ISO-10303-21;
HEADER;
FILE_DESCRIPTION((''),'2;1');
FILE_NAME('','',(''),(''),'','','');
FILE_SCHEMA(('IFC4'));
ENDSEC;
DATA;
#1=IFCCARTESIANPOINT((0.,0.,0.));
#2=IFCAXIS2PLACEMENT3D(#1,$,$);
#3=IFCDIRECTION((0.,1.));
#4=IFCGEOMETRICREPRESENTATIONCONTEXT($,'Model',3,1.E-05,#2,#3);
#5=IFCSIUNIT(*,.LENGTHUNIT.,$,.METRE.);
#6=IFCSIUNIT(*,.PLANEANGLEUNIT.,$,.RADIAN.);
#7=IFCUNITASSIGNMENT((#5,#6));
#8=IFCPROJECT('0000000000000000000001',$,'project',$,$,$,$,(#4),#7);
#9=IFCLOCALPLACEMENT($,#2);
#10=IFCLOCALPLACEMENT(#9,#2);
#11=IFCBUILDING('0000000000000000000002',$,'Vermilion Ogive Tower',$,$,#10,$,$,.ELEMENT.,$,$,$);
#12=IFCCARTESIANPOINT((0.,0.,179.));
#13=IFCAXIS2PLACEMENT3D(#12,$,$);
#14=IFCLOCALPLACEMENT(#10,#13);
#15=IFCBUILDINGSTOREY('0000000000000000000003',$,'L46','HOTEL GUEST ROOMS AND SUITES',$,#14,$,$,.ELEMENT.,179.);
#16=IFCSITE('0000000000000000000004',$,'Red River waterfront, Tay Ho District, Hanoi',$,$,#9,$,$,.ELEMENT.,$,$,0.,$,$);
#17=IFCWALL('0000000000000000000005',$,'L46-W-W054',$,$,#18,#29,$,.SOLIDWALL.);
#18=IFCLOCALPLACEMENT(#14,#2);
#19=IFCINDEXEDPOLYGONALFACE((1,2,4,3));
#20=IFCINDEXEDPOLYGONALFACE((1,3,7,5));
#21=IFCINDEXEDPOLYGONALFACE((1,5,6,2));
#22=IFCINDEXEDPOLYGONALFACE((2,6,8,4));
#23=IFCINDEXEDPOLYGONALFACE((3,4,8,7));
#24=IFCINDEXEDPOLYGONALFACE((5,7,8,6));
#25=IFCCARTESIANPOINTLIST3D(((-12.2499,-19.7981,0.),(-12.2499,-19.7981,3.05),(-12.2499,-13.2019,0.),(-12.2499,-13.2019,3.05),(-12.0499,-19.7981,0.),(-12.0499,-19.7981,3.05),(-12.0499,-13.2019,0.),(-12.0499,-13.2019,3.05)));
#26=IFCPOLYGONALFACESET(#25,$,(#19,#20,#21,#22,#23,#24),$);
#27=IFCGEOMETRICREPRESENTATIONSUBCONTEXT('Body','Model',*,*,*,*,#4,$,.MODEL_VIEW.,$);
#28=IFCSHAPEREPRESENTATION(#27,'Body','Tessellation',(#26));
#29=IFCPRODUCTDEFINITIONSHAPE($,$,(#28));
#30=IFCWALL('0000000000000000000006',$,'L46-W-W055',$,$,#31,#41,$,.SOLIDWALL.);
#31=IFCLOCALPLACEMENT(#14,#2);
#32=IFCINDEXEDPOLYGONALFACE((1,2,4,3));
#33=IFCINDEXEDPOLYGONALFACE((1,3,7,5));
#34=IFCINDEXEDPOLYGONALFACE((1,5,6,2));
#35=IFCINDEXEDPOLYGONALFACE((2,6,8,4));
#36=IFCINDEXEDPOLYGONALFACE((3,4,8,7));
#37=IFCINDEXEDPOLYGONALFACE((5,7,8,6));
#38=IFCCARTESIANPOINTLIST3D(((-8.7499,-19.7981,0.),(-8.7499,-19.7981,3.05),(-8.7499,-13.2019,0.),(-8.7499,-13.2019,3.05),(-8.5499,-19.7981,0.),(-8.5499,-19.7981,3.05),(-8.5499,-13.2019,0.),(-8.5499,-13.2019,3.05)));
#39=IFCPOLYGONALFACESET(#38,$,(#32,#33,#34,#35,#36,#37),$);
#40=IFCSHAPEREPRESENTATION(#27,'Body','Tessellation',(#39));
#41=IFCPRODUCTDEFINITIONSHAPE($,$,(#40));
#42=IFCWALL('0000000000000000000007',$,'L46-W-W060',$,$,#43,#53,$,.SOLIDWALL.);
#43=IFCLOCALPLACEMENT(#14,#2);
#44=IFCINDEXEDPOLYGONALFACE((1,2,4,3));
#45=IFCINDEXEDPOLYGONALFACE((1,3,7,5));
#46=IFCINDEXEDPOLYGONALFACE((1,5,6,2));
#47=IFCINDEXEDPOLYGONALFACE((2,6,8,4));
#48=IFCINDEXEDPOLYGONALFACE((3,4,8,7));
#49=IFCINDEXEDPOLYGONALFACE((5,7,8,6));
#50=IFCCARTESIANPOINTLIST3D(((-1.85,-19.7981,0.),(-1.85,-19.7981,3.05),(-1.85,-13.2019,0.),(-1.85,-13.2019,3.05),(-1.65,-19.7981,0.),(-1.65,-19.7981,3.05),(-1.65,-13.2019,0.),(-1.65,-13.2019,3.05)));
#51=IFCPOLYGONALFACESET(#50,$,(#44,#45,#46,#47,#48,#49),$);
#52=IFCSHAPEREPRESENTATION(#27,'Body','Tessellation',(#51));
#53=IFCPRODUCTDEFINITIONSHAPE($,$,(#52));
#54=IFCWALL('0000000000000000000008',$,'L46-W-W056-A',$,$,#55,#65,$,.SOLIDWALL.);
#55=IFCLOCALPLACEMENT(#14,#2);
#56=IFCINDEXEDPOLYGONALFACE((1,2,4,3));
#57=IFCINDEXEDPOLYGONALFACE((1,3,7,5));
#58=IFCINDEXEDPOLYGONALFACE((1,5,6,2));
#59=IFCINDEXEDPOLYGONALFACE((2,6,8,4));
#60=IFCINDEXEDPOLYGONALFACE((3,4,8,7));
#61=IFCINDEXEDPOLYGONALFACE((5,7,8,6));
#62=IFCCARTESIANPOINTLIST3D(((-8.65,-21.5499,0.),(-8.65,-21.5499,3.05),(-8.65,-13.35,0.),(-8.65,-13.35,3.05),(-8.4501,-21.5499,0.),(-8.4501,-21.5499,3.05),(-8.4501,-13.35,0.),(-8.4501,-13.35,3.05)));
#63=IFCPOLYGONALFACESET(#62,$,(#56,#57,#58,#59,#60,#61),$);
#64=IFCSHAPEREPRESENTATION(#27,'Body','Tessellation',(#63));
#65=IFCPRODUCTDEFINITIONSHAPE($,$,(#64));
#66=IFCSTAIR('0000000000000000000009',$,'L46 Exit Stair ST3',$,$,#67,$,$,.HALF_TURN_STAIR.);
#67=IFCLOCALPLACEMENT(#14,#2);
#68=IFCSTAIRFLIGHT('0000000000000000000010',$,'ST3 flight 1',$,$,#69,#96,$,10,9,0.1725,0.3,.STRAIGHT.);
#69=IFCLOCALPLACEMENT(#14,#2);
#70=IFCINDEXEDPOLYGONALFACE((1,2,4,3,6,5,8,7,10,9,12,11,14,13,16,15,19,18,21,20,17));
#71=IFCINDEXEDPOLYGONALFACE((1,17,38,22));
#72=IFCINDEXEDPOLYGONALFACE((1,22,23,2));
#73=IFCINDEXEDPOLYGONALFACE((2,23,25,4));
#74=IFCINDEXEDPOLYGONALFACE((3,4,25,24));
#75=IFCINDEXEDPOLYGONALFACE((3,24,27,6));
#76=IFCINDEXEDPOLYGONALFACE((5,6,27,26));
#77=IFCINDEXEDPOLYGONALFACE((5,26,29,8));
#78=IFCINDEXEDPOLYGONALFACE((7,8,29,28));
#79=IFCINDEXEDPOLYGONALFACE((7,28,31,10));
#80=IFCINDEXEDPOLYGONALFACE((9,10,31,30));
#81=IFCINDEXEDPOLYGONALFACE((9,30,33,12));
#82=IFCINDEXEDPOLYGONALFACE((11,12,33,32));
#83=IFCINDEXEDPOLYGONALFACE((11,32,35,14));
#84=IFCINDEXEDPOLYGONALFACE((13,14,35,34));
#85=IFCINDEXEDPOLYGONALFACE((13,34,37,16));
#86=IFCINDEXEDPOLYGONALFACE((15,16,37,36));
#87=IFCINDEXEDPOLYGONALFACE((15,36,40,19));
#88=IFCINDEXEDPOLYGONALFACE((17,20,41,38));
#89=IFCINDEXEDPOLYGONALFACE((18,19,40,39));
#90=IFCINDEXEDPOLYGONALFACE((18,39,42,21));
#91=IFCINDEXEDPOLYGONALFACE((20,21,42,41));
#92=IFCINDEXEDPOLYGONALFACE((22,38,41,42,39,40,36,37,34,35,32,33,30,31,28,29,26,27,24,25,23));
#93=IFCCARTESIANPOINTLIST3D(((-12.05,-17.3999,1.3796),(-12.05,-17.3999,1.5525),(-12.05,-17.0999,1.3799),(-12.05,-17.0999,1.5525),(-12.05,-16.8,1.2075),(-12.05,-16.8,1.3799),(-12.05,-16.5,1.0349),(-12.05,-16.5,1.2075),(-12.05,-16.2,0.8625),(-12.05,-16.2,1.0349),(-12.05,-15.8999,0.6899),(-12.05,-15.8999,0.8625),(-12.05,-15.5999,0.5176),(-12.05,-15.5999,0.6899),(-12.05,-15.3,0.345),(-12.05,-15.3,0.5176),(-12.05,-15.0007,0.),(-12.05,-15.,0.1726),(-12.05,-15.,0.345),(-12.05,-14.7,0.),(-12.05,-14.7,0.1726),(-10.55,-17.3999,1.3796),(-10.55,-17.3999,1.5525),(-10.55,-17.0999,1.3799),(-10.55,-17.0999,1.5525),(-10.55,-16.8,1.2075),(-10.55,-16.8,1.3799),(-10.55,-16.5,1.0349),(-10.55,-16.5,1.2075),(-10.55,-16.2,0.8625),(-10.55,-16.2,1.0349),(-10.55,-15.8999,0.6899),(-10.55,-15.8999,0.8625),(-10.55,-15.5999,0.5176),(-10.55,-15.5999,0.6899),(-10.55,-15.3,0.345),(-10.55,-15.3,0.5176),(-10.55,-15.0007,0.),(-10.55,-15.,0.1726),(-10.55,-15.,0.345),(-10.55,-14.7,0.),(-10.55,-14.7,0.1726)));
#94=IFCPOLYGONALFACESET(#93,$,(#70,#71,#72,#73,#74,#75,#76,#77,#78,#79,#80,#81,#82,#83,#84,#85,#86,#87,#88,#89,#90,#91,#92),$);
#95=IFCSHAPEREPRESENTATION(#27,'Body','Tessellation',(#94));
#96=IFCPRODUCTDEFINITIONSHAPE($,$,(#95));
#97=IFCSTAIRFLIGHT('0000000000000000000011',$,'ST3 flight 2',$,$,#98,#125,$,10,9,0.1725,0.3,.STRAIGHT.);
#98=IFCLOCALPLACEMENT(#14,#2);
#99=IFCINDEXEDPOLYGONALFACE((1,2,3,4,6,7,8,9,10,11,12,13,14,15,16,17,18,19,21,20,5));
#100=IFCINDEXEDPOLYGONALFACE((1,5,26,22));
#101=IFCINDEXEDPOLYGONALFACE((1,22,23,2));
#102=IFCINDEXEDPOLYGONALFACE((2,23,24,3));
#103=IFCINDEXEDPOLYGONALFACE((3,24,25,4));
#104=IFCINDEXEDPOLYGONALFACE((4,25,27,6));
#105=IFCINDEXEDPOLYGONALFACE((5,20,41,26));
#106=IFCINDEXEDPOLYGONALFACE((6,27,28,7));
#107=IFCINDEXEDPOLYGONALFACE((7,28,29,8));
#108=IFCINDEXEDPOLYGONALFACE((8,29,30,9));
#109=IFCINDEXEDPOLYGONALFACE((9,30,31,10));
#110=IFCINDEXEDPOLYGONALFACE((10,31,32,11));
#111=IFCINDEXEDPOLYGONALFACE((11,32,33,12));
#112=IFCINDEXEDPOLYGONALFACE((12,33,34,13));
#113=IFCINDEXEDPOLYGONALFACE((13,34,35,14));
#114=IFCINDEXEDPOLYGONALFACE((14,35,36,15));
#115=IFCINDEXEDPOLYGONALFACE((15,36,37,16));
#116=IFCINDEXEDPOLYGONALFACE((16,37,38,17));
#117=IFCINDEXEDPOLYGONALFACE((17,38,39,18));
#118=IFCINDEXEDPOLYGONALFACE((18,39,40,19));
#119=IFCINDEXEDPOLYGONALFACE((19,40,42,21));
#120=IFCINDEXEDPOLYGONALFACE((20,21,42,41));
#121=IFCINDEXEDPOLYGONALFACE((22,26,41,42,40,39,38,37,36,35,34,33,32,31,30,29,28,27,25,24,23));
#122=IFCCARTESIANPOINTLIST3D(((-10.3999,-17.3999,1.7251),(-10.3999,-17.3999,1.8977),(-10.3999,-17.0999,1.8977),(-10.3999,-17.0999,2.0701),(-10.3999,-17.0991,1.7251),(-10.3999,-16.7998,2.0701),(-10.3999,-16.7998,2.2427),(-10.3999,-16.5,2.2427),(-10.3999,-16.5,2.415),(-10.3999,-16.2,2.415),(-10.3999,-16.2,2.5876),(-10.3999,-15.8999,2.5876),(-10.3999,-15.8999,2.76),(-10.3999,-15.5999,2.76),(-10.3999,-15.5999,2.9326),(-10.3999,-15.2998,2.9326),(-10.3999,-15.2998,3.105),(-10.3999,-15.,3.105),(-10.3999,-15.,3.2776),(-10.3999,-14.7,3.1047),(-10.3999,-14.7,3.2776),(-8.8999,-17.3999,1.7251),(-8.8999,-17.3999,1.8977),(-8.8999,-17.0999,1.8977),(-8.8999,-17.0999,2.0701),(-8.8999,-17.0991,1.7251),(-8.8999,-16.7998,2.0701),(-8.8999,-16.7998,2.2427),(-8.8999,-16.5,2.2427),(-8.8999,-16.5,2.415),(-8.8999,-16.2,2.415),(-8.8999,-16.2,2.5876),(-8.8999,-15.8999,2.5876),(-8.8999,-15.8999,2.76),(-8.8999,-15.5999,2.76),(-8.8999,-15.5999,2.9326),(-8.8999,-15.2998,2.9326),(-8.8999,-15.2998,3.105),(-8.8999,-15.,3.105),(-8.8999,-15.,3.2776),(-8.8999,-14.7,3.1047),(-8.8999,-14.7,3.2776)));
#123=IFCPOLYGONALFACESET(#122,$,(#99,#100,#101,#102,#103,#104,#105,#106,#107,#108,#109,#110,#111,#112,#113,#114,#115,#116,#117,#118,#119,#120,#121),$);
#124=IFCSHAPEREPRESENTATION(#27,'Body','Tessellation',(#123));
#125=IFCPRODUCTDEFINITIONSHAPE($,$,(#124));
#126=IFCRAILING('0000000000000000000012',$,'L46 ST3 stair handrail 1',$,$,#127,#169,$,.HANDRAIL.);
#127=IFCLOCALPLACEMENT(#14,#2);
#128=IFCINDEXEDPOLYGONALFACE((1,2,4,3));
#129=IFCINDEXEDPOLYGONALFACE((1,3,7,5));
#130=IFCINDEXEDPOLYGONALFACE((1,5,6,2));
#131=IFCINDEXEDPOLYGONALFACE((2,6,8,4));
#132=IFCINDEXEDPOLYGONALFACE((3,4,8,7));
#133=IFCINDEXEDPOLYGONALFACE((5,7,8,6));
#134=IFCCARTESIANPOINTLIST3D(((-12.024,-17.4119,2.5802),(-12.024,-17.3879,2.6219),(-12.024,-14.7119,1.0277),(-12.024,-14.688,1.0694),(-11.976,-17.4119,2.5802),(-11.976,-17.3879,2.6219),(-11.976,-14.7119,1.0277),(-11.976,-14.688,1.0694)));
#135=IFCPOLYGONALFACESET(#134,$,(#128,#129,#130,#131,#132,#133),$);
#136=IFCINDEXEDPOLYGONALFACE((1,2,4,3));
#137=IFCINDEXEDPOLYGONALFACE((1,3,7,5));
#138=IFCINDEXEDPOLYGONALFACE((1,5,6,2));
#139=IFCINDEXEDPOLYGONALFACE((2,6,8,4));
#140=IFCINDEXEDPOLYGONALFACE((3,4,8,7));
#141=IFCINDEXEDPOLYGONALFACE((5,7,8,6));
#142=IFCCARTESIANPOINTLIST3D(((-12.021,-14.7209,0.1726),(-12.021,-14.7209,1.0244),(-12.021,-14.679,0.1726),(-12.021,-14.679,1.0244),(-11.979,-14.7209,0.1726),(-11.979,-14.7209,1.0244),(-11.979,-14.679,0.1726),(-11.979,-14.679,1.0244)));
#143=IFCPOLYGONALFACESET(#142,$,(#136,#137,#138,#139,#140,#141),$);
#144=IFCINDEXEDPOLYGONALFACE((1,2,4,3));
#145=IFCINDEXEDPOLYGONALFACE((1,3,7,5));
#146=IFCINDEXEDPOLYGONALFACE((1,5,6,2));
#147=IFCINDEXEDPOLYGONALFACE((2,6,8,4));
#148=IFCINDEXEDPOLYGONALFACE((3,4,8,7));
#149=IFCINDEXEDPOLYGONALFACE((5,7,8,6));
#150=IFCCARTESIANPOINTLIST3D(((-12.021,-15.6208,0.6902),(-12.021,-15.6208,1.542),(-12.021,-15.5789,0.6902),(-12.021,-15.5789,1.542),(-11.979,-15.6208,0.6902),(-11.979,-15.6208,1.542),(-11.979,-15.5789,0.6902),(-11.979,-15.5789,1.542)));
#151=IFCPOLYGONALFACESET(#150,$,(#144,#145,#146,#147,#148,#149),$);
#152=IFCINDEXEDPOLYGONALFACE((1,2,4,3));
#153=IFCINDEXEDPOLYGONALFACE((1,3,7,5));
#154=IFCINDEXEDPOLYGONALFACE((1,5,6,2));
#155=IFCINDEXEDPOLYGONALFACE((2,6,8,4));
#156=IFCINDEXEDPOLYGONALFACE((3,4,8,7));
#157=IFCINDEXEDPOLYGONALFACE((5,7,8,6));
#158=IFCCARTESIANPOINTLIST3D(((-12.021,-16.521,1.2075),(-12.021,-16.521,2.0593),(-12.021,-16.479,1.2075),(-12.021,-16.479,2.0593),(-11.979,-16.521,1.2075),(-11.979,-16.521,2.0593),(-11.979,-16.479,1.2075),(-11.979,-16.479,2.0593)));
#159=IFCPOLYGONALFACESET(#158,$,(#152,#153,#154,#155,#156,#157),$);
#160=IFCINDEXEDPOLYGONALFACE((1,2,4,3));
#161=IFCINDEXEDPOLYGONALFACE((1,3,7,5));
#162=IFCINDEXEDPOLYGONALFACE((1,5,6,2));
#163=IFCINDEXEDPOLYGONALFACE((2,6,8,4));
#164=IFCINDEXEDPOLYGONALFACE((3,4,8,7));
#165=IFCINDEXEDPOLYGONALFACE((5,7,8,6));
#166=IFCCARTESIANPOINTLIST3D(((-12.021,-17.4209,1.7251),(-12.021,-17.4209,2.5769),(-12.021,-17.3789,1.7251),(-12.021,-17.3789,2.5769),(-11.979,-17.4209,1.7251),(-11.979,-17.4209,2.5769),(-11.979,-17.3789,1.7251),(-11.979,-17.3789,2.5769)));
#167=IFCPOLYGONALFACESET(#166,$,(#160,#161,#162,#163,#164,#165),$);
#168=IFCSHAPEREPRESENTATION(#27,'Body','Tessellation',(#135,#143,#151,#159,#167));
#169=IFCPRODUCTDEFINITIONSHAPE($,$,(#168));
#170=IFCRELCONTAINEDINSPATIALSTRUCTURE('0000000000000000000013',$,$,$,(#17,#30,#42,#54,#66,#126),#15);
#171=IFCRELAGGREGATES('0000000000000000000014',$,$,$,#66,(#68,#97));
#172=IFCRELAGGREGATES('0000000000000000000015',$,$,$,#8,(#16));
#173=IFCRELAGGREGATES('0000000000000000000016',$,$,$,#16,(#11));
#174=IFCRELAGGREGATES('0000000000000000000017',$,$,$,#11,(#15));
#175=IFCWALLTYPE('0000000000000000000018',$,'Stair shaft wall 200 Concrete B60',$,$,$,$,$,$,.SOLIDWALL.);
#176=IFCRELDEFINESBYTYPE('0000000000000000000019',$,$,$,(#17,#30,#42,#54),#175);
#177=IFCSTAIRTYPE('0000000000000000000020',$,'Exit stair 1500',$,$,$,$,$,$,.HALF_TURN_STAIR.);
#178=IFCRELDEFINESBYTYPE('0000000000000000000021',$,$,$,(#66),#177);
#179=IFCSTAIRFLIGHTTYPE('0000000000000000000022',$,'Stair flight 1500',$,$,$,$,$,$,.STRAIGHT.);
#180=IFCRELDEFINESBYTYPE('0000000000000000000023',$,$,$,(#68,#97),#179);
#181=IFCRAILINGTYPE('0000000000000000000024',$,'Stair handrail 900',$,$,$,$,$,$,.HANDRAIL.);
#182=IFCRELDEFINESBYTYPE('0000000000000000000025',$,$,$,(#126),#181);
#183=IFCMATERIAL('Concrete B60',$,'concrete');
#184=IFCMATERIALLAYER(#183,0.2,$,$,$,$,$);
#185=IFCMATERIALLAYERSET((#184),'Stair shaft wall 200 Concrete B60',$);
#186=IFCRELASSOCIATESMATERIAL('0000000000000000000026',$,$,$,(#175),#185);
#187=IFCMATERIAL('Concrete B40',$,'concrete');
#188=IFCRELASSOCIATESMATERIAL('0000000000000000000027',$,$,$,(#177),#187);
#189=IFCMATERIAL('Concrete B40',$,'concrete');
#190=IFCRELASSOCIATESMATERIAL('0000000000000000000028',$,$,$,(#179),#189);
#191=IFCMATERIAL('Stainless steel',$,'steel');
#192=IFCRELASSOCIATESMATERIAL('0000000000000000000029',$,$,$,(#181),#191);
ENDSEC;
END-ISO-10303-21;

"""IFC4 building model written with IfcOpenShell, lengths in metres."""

from ifc_helpers import new_model, si_unit, direction, frame, frame_2d, origin, origin_2d, place, context, subcontext, project, spatial, polyline, rectangle, outline, extrude, material, layer, layer_set, type_object, element, aggregate, save


model = new_model("IFC4")

# Units and contexts
model_context = context("Model", 3, precision=1e-05, world=origin(), true_north=direction((0.0, 1.0)))
body_context = subcontext(model_context, "Body", "Model", "MODEL_VIEW")
ifc_project = project(units=[si_unit("LENGTHUNIT", "METRE"), si_unit("PLANEANGLEUNIT", "RADIAN")], contexts=[model_context])

# Site, building, storey
site_placement = place(None, origin())
site = spatial("IfcSite", under=ifc_project, at=site_placement, Name="Red River waterfront, Tay Ho District, Hanoi", CompositionType="ELEMENT", RefElevation=0.0)
building_placement = place(site_placement, origin())
building = spatial("IfcBuilding", under=site, at=building_placement, Name="Vermilion Ogive Tower", CompositionType="ELEMENT")
storey_placement = place(building_placement, frame((0.0, 0.0, 179.0)))
storey = spatial("IfcBuildingStorey", under=building, at=storey_placement, Name="L46", Description="HOTEL GUEST ROOMS AND SUITES", CompositionType="ELEMENT", Elevation=179.0)

# Walls
ifc_material_1 = material(Name="Concrete B60", Category="concrete")
ifc_layer_1 = layer(ifc_material_1, 0.2)
ifc_layer_set_1 = layer_set([ifc_layer_1], Name="Stair shaft wall 200 Concrete B60")
wall_type = type_object("IfcWallType", Name="Stair shaft wall 200 Concrete B60", PredefinedType="SOLIDWALL", material=ifc_layer_set_1)
for number, where, z_axis, x_axis, name in (
    (1, (-12.1499, -19.7981, 0.0), (0.0, 0.0, 1.0), (0.0, 1.0, 0.0), "L46-W-W054"),
    (2, (-8.6499, -19.7981, 0.0), (0.0, 0.0, 1.0), (0.0, 1.0, 0.0), "L46-W-W055"),
    (3, (-1.75, -19.7981, 0.0), (0.0, 0.0, 1.0), (0.0, 1.0, 0.0), "L46-W-W060"),
):
    element("IfcWall", number, at=place(storey_placement, frame(where, z_axis=z_axis, x_axis=x_axis)), inside=storey, type_object=wall_type, Name=name, PredefinedType="SOLIDWALL", context=body_context, shape_type="SweptSolid", body=[
        extrude(rectangle(XDim=6.5962, YDim=0.2, at=frame_2d((3.2981, 0.0))), origin(), (0.0, 0.0, 1.0), 3.05),
    ])
wall_1_placement = place(storey_placement, frame((-8.55, -21.55, 0.0), z_axis=(0.0, 0.0, 1.0), x_axis=(0.0, 1.0, 0.0)))
element("IfcWall", 4, at=wall_1_placement, inside=storey, type_object=wall_type, Name="L46-W-W056-A", PredefinedType="SOLIDWALL", context=body_context, shape_type="SweptSolid", body=[
    extrude(rectangle(XDim=8.2, YDim=0.2, at=frame_2d((4.1001, 0.0))), origin(), (0.0, 0.0, 1.0), 3.05),
])

# Stair, stair flights
ifc_material_2 = material(Name="Concrete B40", Category="concrete")
stair_type = type_object("IfcStairType", Name="Exit stair 1500", PredefinedType="HALF_TURN_STAIR", material=ifc_material_2)
stair_placement = place(storey_placement, origin())
stair = element("IfcStair", 5, at=stair_placement, inside=storey, type_object=stair_type, Name="L46 Exit Stair ST3", PredefinedType="HALF_TURN_STAIR")
ifc_material_3 = material(Name="Concrete B40", Category="concrete")
stair_flight_type = type_object("IfcStairFlightType", Name="Stair flight 1500", PredefinedType="STRAIGHT", material=ifc_material_3)
stair_flight_1_placement = place(storey_placement, frame((-11.3, -14.7, 0.0), z_axis=(0.0, 0.0, 1.0), x_axis=(0.0, -1.0, 0.0)))
stair_flight_1 = element("IfcStairFlight", 6, at=stair_flight_1_placement, type_object=stair_flight_type, Name="ST3 flight 1", NumberOfRisers=10, NumberOfTreads=9, PredefinedType="STRAIGHT", RiserHeight=0.1725, TreadLength=0.3, context=body_context, shape_type="SweptSolid", body=[
    extrude(outline(polyline([(0.0, 0.0), (0.0, 0.1726), (0.3, 0.1726), (0.3, 0.345), (0.6001, 0.345), (0.6001, 0.5176), (0.8999, 0.5176), (0.8999, 0.6899), (1.2, 0.6899), (1.2, 0.8625), (1.5, 0.8625), (1.5, 1.0349), (1.8, 1.0349), (1.8, 1.2075), (2.1001, 1.2075), (2.1001, 1.3799), (2.3999, 1.3799), (2.3999, 1.5525), (2.7, 1.5525), (2.7, 1.7251), (2.7, 1.3796), (0.3008, 0.0), (0.0, 0.0)])), frame((0.0, 0.75, 0.0), z_axis=(0.0, -1.0, 0.0), x_axis=(1.0, 0.0, 0.0)), (0.0, 0.0, 1.0), 1.5),
])
stair_flight_2_placement = place(storey_placement, frame((-9.6499, -17.3999, 1.7251), z_axis=(0.0, 0.0, 1.0), x_axis=(0.0, 1.0, 0.0)))
stair_flight_2 = element("IfcStairFlight", 7, at=stair_flight_2_placement, type_object=stair_flight_type, Name="ST3 flight 2", NumberOfRisers=10, NumberOfTreads=9, PredefinedType="STRAIGHT", RiserHeight=0.1725, TreadLength=0.3, context=body_context, shape_type="SweptSolid", body=[
    extrude(outline(polyline([(0.0, 0.0), (0.0, 0.1726), (0.3, 0.1726), (0.3, 0.345), (0.6001, 0.345), (0.6001, 0.5176), (0.8999, 0.5176), (0.8999, 0.6899), (1.2, 0.6899), (1.2, 0.8625), (1.5, 0.8625), (1.5, 1.0349), (1.8, 1.0349), (1.8, 1.2075), (2.1001, 1.2075), (2.1001, 1.3799), (2.3999, 1.3799), (2.3999, 1.5525), (2.7, 1.5525), (2.7, 1.7251), (2.7, 1.3796), (0.3008, 0.0), (0.0, 0.0)])), frame((0.0, 0.75, 0.0), z_axis=(0.0, -1.0, 0.0), x_axis=(1.0, 0.0, 0.0)), (0.0, 0.0, 1.0), 1.5),
])
aggregate(stair, [stair_flight_1, stair_flight_2])

# Railing
ifc_material_4 = material(Name="Stainless steel", Category="steel")
railing_type = type_object("IfcRailingType", Name="Stair handrail 900", PredefinedType="HANDRAIL", material=ifc_material_4)
railing_1_placement = place(storey_placement, frame((-12.0, -14.7, 0.1726)))
element("IfcRailing", 8, at=railing_1_placement, inside=storey, type_object=railing_type, Name="L46 ST3 stair handrail 1", PredefinedType="HANDRAIL", context=body_context, shape_type="SweptSolid", body=[
    extrude(rectangle(XDim=0.0481, YDim=0.0481, at=origin_2d()), frame((0.0, 0.0, 0.876), z_axis=(0.0, -0.866904, 0.498476), x_axis=(1.0, 0.0, 0.0)), (0.0, 0.0, 1.0), 3.1145),
    extrude(rectangle(XDim=0.042, YDim=0.042, at=origin_2d()), origin(), (0.0, 0.0, 1.0), 0.8518),
    extrude(rectangle(XDim=0.042, YDim=0.042, at=origin_2d()), frame((0.0, -0.8999, 0.5176)), (0.0, 0.0, 1.0), 0.8518),
    extrude(rectangle(XDim=0.042, YDim=0.042, at=origin_2d()), frame((0.0, -1.8, 1.0349)), (0.0, 0.0, 1.0), 0.8518),
    extrude(rectangle(XDim=0.042, YDim=0.042, at=origin_2d()), frame((0.0, -2.7, 1.5525)), (0.0, 0.0, 1.0), 0.8518),
])

save(model, "model.ifc")
